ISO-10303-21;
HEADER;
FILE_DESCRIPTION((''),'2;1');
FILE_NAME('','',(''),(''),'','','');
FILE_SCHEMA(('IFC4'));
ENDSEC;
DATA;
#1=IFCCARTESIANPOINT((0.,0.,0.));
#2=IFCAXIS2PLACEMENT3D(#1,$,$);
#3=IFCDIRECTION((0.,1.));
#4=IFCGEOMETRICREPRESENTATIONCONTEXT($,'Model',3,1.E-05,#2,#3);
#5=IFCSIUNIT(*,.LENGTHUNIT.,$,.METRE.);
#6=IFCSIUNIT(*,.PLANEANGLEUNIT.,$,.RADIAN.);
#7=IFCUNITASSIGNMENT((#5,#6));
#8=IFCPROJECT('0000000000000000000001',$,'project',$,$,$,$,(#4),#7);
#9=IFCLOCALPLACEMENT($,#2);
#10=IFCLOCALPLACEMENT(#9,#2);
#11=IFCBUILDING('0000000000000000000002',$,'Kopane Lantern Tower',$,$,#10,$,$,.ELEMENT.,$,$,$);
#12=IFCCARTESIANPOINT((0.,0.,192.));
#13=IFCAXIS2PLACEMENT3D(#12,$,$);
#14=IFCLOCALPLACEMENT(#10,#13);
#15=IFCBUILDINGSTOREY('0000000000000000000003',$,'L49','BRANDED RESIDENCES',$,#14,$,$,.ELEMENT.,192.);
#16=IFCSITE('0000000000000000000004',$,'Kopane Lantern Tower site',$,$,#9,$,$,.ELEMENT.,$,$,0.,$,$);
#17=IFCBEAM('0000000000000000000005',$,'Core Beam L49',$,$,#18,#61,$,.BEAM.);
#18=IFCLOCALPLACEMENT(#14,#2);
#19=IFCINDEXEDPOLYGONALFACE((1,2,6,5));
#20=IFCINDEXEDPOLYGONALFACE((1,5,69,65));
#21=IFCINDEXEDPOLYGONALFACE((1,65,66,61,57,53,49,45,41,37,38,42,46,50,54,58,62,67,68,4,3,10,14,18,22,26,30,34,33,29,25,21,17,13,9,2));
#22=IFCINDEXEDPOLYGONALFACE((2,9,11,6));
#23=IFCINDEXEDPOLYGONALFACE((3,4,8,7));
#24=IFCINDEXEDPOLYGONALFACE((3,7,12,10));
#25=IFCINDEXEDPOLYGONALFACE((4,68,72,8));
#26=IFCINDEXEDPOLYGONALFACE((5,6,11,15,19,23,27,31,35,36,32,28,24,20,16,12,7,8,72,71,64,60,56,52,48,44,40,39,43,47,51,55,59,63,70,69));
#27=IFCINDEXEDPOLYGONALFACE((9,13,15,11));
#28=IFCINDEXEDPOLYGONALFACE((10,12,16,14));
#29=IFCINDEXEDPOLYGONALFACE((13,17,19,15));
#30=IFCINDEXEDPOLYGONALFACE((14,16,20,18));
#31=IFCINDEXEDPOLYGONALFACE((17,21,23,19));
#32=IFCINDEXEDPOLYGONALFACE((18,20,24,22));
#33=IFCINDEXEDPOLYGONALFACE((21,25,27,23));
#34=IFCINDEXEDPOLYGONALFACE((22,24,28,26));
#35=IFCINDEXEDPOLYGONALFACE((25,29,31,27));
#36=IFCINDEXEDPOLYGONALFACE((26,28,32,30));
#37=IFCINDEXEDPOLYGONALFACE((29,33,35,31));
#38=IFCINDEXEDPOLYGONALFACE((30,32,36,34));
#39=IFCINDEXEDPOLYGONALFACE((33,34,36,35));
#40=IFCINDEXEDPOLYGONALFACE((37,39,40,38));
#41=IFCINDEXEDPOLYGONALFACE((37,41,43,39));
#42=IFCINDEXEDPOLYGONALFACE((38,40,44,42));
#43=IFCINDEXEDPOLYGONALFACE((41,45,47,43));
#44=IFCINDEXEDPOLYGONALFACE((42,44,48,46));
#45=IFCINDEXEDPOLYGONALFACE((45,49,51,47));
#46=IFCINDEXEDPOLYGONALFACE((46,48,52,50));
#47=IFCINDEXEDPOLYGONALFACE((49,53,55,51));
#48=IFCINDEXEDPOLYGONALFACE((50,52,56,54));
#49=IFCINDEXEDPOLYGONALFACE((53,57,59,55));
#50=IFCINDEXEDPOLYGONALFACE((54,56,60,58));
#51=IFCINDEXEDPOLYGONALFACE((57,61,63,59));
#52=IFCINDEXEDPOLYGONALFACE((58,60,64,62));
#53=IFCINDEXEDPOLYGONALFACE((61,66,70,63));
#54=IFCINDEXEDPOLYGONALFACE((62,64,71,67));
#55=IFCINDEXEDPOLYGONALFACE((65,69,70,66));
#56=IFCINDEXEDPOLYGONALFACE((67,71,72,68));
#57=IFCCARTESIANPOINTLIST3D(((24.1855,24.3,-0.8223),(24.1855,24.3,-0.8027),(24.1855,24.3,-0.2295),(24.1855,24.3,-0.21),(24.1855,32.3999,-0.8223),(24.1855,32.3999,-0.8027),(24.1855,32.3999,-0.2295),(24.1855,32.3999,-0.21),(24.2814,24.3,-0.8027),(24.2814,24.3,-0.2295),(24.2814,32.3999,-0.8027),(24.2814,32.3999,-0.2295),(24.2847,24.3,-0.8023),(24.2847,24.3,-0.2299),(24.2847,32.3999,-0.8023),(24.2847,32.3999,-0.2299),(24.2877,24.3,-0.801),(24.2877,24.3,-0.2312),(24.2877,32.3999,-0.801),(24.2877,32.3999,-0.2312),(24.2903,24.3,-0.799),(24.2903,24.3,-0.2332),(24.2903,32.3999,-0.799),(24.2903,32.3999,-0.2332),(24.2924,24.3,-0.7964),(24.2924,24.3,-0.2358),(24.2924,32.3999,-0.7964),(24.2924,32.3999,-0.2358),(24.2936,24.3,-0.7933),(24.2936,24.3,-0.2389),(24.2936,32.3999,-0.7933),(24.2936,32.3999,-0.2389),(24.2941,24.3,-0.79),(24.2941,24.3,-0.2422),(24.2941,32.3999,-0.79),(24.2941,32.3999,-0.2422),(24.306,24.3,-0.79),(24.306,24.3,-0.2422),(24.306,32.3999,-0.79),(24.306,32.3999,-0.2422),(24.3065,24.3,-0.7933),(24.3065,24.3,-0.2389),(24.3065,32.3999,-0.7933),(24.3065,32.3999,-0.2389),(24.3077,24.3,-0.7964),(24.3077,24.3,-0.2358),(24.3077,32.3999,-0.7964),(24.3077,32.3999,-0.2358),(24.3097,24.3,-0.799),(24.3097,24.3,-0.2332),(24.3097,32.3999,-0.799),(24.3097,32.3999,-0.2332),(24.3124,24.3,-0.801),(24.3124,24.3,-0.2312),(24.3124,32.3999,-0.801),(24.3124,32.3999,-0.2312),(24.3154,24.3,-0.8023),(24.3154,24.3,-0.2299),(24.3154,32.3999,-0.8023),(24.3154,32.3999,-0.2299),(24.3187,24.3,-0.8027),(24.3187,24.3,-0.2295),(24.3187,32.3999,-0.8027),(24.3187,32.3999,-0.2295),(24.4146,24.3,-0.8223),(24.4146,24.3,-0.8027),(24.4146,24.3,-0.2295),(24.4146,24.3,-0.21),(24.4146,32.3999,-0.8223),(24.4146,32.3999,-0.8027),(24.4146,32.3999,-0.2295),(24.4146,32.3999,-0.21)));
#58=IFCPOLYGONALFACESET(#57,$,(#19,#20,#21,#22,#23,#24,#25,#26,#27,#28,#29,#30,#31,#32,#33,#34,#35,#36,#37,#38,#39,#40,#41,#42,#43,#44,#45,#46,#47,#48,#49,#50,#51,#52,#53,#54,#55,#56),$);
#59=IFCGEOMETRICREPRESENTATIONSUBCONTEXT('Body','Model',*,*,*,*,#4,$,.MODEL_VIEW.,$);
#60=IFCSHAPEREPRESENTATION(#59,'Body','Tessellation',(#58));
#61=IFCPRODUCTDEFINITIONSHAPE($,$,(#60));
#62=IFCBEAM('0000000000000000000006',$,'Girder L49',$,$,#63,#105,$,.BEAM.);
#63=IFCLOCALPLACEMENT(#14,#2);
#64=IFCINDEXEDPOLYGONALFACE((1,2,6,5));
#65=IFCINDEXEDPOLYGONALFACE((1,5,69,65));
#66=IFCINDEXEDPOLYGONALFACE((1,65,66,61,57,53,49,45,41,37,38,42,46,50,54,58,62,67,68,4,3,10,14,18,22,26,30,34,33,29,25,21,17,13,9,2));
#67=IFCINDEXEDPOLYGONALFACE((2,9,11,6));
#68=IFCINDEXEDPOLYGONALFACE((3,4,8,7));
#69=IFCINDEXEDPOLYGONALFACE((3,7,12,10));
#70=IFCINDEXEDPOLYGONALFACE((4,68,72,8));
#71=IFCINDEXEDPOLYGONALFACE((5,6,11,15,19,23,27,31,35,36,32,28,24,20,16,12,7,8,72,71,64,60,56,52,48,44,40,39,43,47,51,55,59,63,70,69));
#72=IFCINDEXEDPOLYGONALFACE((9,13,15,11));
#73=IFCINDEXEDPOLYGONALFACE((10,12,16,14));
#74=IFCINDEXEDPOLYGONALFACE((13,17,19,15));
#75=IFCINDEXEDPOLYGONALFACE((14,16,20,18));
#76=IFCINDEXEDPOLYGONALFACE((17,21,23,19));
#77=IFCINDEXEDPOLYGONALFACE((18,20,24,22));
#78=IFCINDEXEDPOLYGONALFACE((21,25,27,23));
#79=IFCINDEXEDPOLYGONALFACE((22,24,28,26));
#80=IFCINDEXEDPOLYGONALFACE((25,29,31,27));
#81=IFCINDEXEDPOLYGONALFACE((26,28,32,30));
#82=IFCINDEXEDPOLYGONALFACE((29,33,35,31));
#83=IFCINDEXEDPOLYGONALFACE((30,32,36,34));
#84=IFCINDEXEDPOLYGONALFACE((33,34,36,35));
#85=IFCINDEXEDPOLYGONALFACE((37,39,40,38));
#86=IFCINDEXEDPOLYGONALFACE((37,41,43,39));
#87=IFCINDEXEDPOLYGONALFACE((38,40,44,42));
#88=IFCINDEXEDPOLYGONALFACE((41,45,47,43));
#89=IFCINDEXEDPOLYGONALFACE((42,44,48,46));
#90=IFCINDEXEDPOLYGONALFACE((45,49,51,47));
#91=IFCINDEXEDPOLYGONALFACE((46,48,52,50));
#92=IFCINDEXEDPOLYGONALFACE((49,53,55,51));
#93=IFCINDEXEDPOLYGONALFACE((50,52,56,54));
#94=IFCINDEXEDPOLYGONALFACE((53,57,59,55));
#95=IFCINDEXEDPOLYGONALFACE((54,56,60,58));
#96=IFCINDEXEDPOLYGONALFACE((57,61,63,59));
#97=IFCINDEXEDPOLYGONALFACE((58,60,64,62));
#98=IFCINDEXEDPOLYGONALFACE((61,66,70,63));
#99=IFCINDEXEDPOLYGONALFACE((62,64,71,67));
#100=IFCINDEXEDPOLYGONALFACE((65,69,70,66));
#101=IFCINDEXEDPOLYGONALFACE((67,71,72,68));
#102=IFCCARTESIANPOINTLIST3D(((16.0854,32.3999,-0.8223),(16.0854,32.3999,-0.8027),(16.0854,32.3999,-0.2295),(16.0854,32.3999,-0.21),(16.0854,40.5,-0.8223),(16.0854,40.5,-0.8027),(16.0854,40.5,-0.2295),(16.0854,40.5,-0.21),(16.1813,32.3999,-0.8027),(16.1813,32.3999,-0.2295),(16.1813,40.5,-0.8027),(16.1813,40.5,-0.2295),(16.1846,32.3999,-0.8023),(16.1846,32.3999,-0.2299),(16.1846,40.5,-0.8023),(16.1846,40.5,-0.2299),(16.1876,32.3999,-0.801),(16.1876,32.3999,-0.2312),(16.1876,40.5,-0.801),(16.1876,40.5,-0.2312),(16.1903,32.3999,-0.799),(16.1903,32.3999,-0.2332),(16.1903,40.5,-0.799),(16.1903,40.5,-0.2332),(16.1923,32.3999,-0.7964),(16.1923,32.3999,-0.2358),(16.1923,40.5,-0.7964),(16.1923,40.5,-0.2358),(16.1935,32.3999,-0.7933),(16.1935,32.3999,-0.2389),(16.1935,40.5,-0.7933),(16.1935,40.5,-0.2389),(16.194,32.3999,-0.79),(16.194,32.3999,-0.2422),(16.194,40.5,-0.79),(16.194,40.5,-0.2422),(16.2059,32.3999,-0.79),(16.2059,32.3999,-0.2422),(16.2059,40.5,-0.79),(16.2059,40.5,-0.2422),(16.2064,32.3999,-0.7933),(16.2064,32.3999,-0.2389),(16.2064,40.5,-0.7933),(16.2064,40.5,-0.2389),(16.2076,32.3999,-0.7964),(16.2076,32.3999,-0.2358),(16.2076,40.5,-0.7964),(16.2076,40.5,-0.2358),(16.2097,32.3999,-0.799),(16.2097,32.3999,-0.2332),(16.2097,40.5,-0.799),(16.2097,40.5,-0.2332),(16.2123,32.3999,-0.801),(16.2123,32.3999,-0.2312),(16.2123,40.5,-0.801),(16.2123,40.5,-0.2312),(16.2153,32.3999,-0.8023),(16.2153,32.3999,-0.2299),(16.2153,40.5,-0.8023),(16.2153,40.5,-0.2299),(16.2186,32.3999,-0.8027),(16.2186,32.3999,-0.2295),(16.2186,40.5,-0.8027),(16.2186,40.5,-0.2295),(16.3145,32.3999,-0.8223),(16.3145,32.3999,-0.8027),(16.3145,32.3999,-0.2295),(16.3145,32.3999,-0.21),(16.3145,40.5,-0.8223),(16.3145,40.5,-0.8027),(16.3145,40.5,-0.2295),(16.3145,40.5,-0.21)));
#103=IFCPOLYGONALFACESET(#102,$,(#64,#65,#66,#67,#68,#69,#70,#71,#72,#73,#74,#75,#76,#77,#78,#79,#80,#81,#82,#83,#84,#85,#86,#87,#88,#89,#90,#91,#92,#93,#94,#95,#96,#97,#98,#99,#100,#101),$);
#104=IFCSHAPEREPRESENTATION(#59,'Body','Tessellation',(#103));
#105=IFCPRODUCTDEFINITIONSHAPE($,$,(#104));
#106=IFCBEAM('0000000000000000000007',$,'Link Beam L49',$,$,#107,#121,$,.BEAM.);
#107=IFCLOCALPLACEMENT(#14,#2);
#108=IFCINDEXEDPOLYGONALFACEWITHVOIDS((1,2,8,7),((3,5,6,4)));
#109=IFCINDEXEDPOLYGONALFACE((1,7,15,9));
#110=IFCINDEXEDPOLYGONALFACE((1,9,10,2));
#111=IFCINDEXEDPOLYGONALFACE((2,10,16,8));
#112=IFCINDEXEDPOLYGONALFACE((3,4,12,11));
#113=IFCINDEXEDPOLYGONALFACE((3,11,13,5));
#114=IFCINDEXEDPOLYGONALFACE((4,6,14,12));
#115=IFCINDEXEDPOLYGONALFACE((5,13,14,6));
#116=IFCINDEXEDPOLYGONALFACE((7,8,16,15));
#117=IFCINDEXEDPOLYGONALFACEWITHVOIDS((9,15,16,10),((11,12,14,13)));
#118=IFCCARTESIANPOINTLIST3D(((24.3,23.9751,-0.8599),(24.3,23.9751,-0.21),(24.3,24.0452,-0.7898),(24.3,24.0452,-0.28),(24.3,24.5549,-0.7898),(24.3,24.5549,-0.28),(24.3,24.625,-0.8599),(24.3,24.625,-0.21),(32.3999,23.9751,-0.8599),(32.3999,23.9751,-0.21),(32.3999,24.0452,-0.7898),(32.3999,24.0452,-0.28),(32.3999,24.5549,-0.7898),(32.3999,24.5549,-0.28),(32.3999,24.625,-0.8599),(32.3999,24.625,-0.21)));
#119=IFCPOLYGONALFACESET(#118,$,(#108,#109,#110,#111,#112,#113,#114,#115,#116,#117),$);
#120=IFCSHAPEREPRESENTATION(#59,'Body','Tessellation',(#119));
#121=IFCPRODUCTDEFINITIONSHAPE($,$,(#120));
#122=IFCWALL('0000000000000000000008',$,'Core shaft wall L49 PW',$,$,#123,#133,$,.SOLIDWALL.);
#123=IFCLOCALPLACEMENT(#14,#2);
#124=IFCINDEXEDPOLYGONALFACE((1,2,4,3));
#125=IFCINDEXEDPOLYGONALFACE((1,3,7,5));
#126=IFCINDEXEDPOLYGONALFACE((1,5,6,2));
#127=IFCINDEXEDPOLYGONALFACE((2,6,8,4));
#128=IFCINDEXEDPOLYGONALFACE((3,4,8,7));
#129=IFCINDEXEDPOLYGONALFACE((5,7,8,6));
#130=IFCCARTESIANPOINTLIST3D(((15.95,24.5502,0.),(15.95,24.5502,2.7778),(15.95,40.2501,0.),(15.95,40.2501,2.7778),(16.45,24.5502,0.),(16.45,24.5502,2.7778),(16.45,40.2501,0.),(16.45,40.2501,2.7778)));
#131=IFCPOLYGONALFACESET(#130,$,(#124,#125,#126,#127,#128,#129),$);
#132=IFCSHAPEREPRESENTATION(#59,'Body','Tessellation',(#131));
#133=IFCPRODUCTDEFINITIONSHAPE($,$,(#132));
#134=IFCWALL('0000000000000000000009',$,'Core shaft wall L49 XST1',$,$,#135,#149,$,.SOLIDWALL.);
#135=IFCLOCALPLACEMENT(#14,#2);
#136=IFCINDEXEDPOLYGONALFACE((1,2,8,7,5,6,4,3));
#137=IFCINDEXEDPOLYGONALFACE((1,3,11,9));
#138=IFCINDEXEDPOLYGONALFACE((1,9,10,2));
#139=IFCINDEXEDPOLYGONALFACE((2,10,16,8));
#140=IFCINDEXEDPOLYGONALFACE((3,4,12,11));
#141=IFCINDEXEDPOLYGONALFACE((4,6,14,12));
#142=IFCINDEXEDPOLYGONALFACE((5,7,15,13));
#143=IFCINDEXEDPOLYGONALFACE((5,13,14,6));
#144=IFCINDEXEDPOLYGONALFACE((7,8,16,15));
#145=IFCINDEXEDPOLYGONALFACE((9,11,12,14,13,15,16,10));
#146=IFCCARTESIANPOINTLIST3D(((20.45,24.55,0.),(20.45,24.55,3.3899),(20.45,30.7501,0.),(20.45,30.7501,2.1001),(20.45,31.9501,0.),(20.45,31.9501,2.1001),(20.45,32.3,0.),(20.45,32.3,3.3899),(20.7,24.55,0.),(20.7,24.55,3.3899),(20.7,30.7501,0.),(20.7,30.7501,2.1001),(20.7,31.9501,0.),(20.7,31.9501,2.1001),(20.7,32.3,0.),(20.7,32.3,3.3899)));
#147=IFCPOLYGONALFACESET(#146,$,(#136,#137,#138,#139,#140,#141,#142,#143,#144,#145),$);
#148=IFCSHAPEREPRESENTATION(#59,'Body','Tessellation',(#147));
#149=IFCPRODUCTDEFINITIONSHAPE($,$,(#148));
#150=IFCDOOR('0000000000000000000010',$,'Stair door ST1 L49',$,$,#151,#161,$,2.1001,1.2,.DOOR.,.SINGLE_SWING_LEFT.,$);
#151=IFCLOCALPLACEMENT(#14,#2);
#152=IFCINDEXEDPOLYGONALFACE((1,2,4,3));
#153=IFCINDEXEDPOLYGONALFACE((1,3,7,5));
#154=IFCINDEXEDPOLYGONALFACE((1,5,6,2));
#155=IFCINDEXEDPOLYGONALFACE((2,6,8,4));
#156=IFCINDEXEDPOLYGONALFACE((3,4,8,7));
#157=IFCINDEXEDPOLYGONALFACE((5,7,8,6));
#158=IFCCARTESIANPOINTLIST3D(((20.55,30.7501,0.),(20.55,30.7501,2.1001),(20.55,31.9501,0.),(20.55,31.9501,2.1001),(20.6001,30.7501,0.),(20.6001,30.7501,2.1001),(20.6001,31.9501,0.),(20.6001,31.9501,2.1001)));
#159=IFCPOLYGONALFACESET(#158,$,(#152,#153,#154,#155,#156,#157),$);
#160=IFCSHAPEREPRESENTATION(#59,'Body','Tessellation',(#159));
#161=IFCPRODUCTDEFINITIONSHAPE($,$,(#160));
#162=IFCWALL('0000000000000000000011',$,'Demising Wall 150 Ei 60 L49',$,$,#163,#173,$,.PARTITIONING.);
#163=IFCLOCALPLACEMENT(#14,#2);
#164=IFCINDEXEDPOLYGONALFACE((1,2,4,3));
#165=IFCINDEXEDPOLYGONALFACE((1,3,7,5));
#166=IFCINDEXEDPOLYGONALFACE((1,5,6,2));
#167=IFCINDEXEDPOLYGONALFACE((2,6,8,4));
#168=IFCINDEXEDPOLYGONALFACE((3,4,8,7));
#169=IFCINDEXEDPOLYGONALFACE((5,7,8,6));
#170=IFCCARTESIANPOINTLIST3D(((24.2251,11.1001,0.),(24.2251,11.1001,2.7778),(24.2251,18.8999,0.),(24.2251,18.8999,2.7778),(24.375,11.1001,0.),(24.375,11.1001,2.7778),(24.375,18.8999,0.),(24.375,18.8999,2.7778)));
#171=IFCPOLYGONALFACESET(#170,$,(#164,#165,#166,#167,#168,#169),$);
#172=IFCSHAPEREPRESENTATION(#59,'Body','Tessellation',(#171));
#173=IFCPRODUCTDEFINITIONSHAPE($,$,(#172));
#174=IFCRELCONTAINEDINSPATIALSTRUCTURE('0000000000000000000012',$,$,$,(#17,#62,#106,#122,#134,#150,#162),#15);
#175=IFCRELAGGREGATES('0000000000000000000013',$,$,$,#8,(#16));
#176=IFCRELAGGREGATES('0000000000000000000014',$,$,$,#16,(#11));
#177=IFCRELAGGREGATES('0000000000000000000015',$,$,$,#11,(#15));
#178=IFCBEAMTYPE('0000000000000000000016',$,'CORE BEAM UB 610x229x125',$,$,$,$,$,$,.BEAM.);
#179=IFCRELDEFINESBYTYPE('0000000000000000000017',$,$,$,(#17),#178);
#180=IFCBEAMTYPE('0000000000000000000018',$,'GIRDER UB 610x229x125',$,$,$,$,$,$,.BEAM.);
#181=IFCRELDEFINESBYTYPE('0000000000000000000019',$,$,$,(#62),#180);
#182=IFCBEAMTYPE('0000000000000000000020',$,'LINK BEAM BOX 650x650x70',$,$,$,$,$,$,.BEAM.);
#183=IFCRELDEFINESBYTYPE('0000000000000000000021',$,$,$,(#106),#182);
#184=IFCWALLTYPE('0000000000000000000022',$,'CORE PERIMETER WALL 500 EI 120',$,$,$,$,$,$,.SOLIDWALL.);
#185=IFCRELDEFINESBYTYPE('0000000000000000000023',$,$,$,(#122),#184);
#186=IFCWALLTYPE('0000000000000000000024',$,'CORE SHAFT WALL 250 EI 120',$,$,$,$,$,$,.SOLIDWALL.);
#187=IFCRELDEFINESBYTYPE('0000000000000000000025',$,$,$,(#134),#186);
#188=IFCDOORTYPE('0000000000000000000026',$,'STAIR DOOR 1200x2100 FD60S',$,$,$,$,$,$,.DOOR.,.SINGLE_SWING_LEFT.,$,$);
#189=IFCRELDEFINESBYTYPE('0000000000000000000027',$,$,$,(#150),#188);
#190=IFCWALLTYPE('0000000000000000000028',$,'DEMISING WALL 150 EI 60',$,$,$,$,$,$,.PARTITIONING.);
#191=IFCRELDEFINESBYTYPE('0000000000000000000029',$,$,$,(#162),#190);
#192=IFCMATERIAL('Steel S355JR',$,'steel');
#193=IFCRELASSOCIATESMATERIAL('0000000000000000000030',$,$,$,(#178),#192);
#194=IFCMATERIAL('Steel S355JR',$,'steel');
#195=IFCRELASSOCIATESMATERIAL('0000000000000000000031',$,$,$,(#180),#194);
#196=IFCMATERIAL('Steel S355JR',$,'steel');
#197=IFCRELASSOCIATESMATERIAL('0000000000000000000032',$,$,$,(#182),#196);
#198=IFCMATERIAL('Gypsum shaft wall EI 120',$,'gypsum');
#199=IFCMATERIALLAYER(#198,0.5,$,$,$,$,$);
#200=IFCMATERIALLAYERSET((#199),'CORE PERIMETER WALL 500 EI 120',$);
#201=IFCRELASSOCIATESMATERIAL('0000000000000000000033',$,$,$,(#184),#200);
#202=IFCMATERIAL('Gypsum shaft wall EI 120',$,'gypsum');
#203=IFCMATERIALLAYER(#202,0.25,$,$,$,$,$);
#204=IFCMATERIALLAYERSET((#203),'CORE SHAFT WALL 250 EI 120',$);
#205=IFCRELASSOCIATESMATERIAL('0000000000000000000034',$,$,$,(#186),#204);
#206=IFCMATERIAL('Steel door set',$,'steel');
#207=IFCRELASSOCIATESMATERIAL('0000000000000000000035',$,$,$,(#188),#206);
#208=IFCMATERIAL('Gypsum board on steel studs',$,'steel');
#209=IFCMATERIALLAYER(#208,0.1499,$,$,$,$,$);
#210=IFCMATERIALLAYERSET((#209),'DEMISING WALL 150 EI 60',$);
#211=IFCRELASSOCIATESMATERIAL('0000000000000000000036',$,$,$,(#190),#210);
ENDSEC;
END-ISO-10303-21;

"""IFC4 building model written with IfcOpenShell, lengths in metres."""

from ifc_helpers import new_model, si_unit, direction, frame, frame_2d, origin, origin_2d, place, context, subcontext, project, spatial, rectangle, hollow_rectangle, i_section, extrude, material, layer, layer_set, material_profile, profile_set, type_object, element, fill, save


model = new_model("IFC4")

# Units and contexts
model_context = context("Model", 3, precision=1e-05, world=origin(), true_north=direction((0.0, 1.0)))
body_context = subcontext(model_context, "Body", "Model", "MODEL_VIEW")
ifc_project = project(units=[si_unit("LENGTHUNIT", "METRE"), si_unit("PLANEANGLEUNIT", "RADIAN")], contexts=[model_context])

# Site, building, storey
site_placement = place(None, origin())
site = spatial("IfcSite", under=ifc_project, at=site_placement, Name="Kopane Lantern Tower site", CompositionType="ELEMENT", RefElevation=0.0)
building_placement = place(site_placement, origin())
building = spatial("IfcBuilding", under=site, at=building_placement, Name="Kopane Lantern Tower", CompositionType="ELEMENT")
storey_placement = place(building_placement, frame((0.0, 0.0, 192.0)))
storey = spatial("IfcBuildingStorey", under=building, at=storey_placement, Name="L49", Description="BRANDED RESIDENCES", CompositionType="ELEMENT", Elevation=192.0)

# Beams
ifc_material_1 = material(Name="Steel S355JR", Category="steel")
ifc_material_profile_1 = material_profile(ifc_material_1, i_section(OverallWidth=0.229, OverallDepth=0.6123, WebThickness=0.012, FlangeThickness=0.0195, FilletRadius=0.0127, at=origin_2d()), Name="UB 610x229x125")
ifc_profile_set_1 = profile_set([ifc_material_profile_1], Name="Steel S355JR")
beam_type_1 = type_object("IfcBeamType", Name="CORE BEAM UB 610x229x125", PredefinedType="BEAM", material=ifc_profile_set_1)
beam_1_placement = place(storey_placement, frame((24.3, 24.3, -0.5161), z_axis=(0.0, 1.0, 0.0), x_axis=(-1.0, 0.0, 0.0)))
element("IfcBeam", 1, at=beam_1_placement, inside=storey, type_object=beam_type_1, Name="Core Beam L49", PredefinedType="BEAM", context=body_context, shape_type="SweptSolid", body=[
    extrude(i_section(OverallWidth=0.229, OverallDepth=0.6123, WebThickness=0.012, FlangeThickness=0.0195, FilletRadius=0.0127, at=origin_2d()), origin(), (0.0, 0.0, 1.0), 8.0999),
])
ifc_material_2 = material(Name="Steel S355JR", Category="steel")
ifc_material_profile_2 = material_profile(ifc_material_2, i_section(OverallWidth=0.229, OverallDepth=0.6123, WebThickness=0.012, FlangeThickness=0.0195, FilletRadius=0.0127, at=origin_2d()), Name="UB 610x229x125")
ifc_profile_set_2 = profile_set([ifc_material_profile_2], Name="Steel S355JR")
beam_type_2 = type_object("IfcBeamType", Name="GIRDER UB 610x229x125", PredefinedType="BEAM", material=ifc_profile_set_2)
beam_2_placement = place(storey_placement, frame((16.2, 32.3999, -0.5161), z_axis=(0.0, 1.0, 0.0), x_axis=(-1.0, 0.0, 0.0)))
element("IfcBeam", 2, at=beam_2_placement, inside=storey, type_object=beam_type_2, Name="Girder L49", PredefinedType="BEAM", context=body_context, shape_type="SweptSolid", body=[
    extrude(i_section(OverallWidth=0.229, OverallDepth=0.6123, WebThickness=0.012, FlangeThickness=0.0195, FilletRadius=0.0127, at=origin_2d()), origin(), (0.0, 0.0, 1.0), 8.1001),
])
ifc_material_3 = material(Name="Steel S355JR", Category="steel")
ifc_material_profile_3 = material_profile(ifc_material_3, hollow_rectangle(XDim=0.6499, YDim=0.6499, WallThickness=0.0701, at=origin_2d()), Name="BOX 650x650x70")
ifc_profile_set_3 = profile_set([ifc_material_profile_3], Name="Steel S355JR")
beam_type_3 = type_object("IfcBeamType", Name="LINK BEAM BOX 650x650x70", PredefinedType="BEAM", material=ifc_profile_set_3)
beam_3_placement = place(storey_placement, frame((24.3, 24.3, -0.5349), z_axis=(1.0, 0.0, 0.0), x_axis=(0.0, 1.0, 0.0)))
element("IfcBeam", 3, at=beam_3_placement, inside=storey, type_object=beam_type_3, Name="Link Beam L49", PredefinedType="BEAM", context=body_context, shape_type="SweptSolid", body=[
    extrude(hollow_rectangle(XDim=0.6499, YDim=0.6499, WallThickness=0.0701, at=origin_2d()), origin(), (0.0, 0.0, 1.0), 8.0999),
])

# Wall
ifc_material_4 = material(Name="Gypsum shaft wall EI 120", Category="gypsum")
ifc_layer_1 = layer(ifc_material_4, 0.5)
ifc_layer_set_1 = layer_set([ifc_layer_1], Name="CORE PERIMETER WALL 500 EI 120")
wall_type_1 = type_object("IfcWallType", Name="CORE PERIMETER WALL 500 EI 120", PredefinedType="SOLIDWALL", material=ifc_layer_set_1)
wall_1_placement = place(storey_placement, frame((16.2, 24.55, 0.0), z_axis=(0.0, 0.0, 1.0), x_axis=(0.0, 1.0, 0.0)))
element("IfcWall", 4, at=wall_1_placement, inside=storey, type_object=wall_type_1, Name="Core shaft wall L49 PW", PredefinedType="SOLIDWALL", context=body_context, shape_type="SweptSolid", body=[
    extrude(rectangle(XDim=15.7, YDim=0.5, at=frame_2d((7.8501, 0.0))), origin(), (0.0, 0.0, 1.0), 2.7778),
])

# Wall, opening, door
ifc_material_5 = material(Name="Gypsum shaft wall EI 120", Category="gypsum")
ifc_layer_2 = layer(ifc_material_5, 0.25)
ifc_layer_set_2 = layer_set([ifc_layer_2], Name="CORE SHAFT WALL 250 EI 120")
wall_type_2 = type_object("IfcWallType", Name="CORE SHAFT WALL 250 EI 120", PredefinedType="SOLIDWALL", material=ifc_layer_set_2)
wall_2_placement = place(storey_placement, frame((20.575, 24.55, 0.0), z_axis=(0.0, 0.0, 1.0), x_axis=(0.0, 1.0, 0.0)))
wall_2 = element("IfcWall", 5, at=wall_2_placement, inside=storey, type_object=wall_type_2, Name="Core shaft wall L49 XST1", PredefinedType="SOLIDWALL", context=body_context, shape_type="SweptSolid", body=[
    extrude(rectangle(XDim=7.75, YDim=0.25, at=frame_2d((3.875, 0.0))), origin(), (0.0, 0.0, 1.0), 3.3899),
])
opening_1_placement = place(wall_2_placement, frame((6.2, 0.0, 0.0)))
opening_1 = element("IfcOpeningElement", 6, at=opening_1_placement, cuts=wall_2, PredefinedType="OPENING", context=body_context, shape_type="SweptSolid", body=[
    extrude(rectangle(XDim=1.2, YDim=2.1001, at=frame_2d((0.6001, 1.05))), frame((0.0, 0.135, 0.0), z_axis=(0.0, -1.0, 0.0), x_axis=(1.0, 0.0, 0.0)), (0.0, 0.0, 1.0), 0.27),
])
ifc_material_6 = material(Name="Steel door set", Category="steel")
door_type_1 = type_object("IfcDoorType", Name="STAIR DOOR 1200x2100 FD60S", OperationType="SINGLE_SWING_LEFT", PredefinedType="DOOR", material=ifc_material_6)
door_1_placement = place(opening_1_placement, origin())
door_1 = element("IfcDoor", 7, at=door_1_placement, inside=storey, type_object=door_type_1, Name="Stair door ST1 L49", OperationType="SINGLE_SWING_LEFT", OverallHeight=2.1001, OverallWidth=1.2, PredefinedType="DOOR", context=body_context, shape_type="SweptSolid", body=[
    extrude(rectangle(XDim=1.2, YDim=2.1001, at=frame_2d((0.6001, 1.05))), frame((0.0, 0.0249, 0.0), z_axis=(0.0, -1.0, 0.0), x_axis=(1.0, 0.0, 0.0)), (0.0, 0.0, 1.0), 0.05),
])
fill(opening_1, door_1)

# Wall
ifc_material_7 = material(Name="Gypsum board on steel studs", Category="steel")
ifc_layer_3 = layer(ifc_material_7, 0.1499)
ifc_layer_set_3 = layer_set([ifc_layer_3], Name="DEMISING WALL 150 EI 60")
wall_type_3 = type_object("IfcWallType", Name="DEMISING WALL 150 EI 60", PredefinedType="PARTITIONING", material=ifc_layer_set_3)
wall_3_placement = place(storey_placement, frame((24.3, 18.8999, 0.0), z_axis=(0.0, 0.0, 1.0), x_axis=(0.0, -1.0, 0.0)))
element("IfcWall", 8, at=wall_3_placement, inside=storey, type_object=wall_type_3, Name="Demising Wall 150 Ei 60 L49", PredefinedType="PARTITIONING", context=body_context, shape_type="SweptSolid", body=[
    extrude(rectangle(XDim=7.7998, YDim=0.1499, at=frame_2d((3.8999, 0.0))), origin(), (0.0, 0.0, 1.0), 2.7778),
])

save(model, "model.ifc")
